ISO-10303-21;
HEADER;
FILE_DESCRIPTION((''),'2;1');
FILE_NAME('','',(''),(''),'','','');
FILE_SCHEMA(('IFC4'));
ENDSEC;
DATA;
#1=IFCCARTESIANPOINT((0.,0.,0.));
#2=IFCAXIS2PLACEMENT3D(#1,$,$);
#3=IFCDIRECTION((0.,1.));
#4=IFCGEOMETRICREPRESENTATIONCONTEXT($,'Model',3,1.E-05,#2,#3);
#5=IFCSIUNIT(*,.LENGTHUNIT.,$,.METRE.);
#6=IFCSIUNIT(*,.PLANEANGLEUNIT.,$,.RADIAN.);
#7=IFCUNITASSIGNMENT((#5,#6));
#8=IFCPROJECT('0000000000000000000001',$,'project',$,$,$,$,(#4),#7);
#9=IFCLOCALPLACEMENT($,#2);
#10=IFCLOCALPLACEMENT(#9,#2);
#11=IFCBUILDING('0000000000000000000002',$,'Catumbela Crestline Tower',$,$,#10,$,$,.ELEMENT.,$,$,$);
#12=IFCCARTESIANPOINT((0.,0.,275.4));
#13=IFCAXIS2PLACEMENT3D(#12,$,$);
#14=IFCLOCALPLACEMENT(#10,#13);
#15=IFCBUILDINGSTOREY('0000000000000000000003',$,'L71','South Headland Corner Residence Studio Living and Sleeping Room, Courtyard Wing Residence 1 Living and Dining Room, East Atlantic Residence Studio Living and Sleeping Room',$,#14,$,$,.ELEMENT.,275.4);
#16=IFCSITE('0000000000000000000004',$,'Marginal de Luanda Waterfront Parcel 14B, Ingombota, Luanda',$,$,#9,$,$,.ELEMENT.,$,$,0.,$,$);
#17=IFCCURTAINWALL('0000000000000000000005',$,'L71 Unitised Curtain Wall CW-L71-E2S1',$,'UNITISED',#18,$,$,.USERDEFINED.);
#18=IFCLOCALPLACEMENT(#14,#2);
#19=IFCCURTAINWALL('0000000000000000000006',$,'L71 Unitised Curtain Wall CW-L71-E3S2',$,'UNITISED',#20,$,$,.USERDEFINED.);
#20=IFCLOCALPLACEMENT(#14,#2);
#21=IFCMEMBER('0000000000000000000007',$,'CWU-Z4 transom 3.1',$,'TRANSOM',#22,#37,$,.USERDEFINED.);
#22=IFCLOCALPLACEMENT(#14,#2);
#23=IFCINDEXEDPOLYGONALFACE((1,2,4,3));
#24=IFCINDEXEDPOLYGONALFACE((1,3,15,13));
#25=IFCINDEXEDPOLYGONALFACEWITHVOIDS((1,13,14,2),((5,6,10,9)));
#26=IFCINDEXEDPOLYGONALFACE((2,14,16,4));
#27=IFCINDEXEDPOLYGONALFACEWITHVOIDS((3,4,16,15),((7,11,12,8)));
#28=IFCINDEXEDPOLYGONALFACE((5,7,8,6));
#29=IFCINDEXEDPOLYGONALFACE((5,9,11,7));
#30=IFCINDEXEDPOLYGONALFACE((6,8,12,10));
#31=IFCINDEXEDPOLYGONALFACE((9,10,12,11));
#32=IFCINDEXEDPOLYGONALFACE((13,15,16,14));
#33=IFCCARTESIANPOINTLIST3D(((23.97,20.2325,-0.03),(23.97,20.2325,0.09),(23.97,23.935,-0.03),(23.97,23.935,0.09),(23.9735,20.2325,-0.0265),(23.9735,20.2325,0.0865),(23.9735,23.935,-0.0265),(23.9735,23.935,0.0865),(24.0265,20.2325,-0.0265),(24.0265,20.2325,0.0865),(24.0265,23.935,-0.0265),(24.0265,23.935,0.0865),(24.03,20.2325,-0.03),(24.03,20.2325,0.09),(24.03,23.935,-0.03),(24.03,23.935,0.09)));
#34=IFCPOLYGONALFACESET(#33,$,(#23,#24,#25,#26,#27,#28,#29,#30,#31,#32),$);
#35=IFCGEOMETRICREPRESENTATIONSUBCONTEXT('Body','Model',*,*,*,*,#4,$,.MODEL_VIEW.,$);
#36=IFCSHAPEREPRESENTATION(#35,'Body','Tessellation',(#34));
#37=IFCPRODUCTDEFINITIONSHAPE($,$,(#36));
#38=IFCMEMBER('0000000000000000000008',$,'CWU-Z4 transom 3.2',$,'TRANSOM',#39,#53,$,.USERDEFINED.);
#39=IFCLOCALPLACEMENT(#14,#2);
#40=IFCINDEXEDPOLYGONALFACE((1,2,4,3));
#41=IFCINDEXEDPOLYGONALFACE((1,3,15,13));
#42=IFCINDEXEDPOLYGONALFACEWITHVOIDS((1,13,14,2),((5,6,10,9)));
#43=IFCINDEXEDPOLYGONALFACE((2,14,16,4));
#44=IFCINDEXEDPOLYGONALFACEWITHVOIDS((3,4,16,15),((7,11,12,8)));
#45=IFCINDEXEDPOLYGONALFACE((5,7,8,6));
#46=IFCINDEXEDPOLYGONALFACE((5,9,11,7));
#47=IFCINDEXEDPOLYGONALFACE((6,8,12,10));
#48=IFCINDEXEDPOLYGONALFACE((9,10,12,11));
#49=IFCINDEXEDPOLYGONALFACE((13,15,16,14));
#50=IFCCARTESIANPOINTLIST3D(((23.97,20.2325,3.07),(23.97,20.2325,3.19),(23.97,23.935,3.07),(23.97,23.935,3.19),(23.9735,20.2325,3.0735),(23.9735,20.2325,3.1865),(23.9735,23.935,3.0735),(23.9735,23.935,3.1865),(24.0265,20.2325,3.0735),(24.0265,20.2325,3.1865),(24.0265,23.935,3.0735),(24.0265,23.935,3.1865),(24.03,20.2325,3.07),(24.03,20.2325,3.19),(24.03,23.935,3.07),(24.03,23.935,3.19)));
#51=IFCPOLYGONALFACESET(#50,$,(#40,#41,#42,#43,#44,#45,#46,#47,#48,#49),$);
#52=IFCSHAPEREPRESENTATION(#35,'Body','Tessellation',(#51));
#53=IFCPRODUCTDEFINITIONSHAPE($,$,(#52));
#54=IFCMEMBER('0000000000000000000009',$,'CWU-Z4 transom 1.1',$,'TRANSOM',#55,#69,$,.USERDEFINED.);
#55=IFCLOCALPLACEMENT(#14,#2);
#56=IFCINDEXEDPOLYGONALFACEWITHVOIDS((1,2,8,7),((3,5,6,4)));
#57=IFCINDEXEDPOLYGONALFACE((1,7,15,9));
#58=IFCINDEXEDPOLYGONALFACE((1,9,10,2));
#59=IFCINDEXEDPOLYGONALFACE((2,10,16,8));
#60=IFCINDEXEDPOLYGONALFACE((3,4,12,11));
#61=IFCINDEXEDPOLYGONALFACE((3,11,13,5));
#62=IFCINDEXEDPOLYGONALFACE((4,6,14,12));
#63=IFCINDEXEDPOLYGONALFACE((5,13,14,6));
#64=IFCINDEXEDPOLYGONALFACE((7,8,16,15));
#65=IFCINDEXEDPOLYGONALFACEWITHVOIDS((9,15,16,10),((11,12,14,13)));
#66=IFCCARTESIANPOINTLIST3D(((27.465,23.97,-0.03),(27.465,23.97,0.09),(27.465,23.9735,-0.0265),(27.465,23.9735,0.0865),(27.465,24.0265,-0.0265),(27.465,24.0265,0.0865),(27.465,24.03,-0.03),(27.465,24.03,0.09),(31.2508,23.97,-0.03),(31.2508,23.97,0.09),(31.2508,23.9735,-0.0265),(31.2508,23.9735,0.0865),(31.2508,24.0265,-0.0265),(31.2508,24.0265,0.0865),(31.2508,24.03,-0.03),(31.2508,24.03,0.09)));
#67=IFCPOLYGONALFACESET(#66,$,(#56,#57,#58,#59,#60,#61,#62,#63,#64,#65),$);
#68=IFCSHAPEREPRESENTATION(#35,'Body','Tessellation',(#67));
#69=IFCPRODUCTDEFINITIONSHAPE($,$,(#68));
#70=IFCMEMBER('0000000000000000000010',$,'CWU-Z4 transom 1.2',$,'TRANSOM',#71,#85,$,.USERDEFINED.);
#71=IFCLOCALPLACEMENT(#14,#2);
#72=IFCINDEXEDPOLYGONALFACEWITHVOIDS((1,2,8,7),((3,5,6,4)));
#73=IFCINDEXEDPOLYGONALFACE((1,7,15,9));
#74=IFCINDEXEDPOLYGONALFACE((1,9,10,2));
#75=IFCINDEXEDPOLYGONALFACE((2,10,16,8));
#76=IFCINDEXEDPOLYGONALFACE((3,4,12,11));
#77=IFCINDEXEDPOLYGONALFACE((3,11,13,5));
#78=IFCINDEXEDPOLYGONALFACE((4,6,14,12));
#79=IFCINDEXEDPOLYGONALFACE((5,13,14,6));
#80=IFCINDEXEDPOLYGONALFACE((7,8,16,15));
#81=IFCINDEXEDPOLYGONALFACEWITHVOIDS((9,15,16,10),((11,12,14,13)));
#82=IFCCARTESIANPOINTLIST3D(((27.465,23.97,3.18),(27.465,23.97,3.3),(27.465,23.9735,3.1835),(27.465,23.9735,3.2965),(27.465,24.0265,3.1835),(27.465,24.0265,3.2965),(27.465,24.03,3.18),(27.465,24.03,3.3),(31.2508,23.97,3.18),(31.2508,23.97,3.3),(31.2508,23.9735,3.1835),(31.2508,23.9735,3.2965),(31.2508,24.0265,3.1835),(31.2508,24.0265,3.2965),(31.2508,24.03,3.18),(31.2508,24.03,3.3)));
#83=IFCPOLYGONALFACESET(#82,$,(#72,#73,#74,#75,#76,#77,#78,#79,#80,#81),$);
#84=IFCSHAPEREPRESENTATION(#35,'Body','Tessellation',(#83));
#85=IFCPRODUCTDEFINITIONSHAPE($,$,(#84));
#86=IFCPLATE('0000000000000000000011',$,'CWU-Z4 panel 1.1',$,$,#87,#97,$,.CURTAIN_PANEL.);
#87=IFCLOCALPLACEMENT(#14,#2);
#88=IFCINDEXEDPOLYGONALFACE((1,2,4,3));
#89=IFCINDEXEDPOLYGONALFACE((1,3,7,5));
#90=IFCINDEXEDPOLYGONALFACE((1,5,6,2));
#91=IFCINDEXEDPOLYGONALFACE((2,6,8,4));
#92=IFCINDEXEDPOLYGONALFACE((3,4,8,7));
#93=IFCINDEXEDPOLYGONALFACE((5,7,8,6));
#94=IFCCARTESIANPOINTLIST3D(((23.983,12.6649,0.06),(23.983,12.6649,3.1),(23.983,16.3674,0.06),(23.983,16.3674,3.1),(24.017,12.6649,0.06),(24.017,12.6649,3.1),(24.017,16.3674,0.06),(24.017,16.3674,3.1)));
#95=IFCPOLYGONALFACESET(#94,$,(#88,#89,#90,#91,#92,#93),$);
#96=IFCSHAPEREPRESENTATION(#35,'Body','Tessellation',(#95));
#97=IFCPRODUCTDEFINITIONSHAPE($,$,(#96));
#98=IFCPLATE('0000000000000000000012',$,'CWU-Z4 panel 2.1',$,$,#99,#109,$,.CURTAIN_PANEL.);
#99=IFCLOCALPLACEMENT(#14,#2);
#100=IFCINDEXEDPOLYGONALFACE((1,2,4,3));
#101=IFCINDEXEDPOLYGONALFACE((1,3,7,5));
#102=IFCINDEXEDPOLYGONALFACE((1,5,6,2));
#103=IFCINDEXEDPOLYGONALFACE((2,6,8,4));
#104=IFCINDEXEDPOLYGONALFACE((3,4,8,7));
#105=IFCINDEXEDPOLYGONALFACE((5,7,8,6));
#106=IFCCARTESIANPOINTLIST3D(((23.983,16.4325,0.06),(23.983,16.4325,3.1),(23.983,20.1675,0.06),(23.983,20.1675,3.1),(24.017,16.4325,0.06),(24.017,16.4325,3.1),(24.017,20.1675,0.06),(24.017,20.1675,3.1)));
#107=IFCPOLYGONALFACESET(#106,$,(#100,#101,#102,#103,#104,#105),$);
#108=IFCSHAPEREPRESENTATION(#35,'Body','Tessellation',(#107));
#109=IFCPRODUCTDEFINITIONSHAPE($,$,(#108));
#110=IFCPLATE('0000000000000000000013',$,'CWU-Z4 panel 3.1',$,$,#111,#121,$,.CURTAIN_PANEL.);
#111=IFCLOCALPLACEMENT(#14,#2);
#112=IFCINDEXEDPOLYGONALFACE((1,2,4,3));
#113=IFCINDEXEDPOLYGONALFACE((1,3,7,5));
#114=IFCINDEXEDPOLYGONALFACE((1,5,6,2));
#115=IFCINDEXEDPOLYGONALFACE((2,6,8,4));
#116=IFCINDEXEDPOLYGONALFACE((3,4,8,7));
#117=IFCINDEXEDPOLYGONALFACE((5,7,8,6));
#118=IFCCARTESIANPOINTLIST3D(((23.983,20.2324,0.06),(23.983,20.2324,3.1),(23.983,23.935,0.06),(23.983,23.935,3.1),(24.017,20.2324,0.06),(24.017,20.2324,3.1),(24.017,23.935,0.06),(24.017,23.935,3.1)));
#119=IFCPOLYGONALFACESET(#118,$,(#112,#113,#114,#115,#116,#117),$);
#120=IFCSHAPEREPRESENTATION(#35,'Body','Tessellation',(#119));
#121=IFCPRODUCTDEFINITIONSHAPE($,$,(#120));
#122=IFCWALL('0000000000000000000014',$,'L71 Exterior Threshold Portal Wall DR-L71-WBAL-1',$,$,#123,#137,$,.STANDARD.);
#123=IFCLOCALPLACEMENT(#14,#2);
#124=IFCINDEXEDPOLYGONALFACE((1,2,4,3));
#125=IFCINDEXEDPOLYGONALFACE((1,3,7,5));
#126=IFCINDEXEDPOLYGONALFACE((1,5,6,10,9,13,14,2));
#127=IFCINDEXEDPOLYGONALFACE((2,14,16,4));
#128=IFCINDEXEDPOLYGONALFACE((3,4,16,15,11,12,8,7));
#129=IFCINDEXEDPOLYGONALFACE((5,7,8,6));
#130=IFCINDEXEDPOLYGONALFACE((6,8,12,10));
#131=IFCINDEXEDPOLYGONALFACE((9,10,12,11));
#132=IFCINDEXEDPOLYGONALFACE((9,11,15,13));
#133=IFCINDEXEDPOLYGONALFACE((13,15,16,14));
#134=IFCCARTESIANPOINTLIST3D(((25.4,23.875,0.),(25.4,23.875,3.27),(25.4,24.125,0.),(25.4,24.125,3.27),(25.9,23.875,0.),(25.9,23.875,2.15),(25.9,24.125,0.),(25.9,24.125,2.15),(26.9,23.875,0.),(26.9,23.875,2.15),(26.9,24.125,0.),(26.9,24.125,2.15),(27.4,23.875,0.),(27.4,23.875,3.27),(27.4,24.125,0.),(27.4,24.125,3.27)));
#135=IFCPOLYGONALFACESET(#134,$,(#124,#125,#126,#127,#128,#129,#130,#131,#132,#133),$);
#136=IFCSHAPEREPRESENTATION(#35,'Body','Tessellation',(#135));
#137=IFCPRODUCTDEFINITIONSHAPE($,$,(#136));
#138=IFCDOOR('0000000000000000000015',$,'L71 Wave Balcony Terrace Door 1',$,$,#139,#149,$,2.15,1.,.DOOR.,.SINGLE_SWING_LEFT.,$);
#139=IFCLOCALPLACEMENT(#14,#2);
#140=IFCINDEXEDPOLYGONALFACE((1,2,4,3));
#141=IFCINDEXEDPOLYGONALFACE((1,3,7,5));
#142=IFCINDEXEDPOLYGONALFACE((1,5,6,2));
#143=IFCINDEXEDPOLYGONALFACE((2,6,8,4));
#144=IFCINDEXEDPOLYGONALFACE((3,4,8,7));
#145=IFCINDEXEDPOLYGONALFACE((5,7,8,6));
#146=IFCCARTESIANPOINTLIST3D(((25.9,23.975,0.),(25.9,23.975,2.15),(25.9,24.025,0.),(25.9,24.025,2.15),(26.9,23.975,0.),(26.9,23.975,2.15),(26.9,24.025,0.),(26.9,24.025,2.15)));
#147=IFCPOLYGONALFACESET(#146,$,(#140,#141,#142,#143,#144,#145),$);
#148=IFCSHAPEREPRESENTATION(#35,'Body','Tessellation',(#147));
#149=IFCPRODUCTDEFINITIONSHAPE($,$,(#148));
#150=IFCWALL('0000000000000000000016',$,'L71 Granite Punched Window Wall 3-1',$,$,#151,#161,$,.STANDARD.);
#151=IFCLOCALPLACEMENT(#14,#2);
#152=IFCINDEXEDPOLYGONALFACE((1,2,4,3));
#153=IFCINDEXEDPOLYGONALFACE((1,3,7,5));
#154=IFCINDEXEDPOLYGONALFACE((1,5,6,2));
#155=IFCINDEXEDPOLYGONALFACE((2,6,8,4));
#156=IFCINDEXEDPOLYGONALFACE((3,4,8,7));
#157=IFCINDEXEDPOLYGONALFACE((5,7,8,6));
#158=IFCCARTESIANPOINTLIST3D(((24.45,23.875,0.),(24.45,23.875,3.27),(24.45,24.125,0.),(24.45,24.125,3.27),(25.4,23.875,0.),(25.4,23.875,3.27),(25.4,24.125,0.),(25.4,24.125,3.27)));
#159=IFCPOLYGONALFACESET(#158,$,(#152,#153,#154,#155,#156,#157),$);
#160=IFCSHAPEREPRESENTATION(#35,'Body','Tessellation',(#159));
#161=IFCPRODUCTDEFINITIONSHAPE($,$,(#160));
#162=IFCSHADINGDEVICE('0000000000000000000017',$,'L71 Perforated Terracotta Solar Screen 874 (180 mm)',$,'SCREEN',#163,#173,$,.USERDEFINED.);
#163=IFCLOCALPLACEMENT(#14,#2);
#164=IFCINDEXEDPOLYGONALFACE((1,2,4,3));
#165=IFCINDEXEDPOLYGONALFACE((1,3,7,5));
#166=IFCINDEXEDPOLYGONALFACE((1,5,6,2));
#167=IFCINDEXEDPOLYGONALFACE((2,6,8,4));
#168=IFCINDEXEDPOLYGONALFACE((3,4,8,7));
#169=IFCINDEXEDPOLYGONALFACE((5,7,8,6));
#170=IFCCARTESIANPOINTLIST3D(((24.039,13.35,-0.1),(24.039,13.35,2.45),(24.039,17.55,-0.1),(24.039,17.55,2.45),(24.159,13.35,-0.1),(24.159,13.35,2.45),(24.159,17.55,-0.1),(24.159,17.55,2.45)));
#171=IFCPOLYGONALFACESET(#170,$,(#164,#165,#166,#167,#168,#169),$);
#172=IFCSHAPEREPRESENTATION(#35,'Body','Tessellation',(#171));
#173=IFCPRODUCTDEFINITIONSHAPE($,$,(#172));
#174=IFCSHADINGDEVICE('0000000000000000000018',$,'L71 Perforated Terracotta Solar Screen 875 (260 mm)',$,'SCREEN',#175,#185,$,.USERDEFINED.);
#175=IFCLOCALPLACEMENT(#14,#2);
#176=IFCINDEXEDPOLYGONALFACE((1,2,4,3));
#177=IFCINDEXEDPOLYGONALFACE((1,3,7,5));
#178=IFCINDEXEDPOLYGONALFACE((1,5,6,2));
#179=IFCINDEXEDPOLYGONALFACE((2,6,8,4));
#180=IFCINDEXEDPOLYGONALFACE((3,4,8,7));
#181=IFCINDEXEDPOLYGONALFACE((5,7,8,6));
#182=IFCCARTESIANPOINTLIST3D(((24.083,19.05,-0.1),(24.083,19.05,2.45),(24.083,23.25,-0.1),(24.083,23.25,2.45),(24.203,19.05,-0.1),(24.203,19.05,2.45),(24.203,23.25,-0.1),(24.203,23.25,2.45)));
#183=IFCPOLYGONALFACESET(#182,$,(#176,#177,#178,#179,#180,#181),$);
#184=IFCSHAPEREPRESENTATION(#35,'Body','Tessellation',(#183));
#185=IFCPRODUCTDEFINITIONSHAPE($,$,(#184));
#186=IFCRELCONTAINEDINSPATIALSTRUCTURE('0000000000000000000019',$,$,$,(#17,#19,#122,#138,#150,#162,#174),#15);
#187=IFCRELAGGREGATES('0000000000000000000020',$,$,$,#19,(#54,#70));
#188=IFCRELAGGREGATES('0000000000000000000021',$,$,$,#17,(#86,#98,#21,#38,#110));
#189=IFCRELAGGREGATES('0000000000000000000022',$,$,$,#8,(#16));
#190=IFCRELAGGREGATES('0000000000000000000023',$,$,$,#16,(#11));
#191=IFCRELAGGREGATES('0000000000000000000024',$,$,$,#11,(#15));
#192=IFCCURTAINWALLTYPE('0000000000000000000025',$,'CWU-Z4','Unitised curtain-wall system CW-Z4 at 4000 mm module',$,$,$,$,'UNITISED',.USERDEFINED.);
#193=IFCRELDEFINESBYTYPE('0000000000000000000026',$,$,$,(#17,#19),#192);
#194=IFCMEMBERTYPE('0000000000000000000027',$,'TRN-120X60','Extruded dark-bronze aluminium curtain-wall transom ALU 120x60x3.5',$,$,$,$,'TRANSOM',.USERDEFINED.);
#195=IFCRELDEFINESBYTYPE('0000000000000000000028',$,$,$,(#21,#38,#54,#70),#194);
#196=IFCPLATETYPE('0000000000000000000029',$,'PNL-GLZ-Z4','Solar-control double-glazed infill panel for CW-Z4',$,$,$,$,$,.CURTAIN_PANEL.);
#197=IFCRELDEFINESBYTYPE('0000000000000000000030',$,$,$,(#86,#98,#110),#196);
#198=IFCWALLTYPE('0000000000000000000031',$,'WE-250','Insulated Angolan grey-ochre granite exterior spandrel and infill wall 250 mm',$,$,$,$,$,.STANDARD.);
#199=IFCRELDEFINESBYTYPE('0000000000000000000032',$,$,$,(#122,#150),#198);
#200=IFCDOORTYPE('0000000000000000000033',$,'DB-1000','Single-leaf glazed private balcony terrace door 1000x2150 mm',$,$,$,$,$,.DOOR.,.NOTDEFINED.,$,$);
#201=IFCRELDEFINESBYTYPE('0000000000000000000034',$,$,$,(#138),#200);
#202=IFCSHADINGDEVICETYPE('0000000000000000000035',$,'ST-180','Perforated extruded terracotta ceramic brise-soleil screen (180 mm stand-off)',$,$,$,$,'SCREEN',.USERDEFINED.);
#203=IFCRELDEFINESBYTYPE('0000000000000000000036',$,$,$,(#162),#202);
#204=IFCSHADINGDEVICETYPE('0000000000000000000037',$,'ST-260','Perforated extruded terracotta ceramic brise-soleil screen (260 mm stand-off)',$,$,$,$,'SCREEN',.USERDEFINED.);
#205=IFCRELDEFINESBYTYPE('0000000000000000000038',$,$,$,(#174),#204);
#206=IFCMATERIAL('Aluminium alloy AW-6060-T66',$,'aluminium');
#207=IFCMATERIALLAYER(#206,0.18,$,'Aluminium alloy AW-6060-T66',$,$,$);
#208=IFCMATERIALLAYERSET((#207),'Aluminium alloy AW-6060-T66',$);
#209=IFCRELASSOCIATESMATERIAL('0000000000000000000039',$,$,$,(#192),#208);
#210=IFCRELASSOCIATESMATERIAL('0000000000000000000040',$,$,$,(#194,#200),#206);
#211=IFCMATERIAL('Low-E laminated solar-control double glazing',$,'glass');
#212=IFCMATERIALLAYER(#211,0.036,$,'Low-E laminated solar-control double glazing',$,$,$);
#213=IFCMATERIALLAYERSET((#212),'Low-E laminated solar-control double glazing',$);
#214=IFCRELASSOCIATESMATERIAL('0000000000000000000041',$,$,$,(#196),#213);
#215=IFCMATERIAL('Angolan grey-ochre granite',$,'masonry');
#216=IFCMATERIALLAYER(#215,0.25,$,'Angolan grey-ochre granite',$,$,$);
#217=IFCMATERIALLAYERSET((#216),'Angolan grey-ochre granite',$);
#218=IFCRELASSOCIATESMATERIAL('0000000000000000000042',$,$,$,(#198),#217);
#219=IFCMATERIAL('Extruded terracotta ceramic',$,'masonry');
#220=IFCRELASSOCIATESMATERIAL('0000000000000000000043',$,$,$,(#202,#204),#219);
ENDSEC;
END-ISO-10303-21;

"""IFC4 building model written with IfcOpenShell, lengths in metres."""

from ifc_helpers import new_model, si_unit, direction, frame, frame_2d, origin, origin_2d, place, context, subcontext, project, spatial, rectangle, hollow_rectangle, extrude, material, layer, layer_set, material_profile, profile_set, type_object, element, fill, aggregate, save


model = new_model("IFC4")

# Units and contexts
model_context = context("Model", 3, precision=1e-05, world=origin(), true_north=direction((0.0, 1.0)))
body_context = subcontext(model_context, "Body", "Model", "MODEL_VIEW")
ifc_project = project(units=[si_unit("LENGTHUNIT", "METRE"), si_unit("PLANEANGLEUNIT", "RADIAN")], contexts=[model_context])

# Site, building, storey
site_placement = place(None, origin())
site = spatial("IfcSite", under=ifc_project, at=site_placement, Name="Marginal de Luanda Waterfront Parcel 14B, Ingombota, Luanda", CompositionType="ELEMENT", RefElevation=0.0)
building_placement = place(site_placement, origin())
building = spatial("IfcBuilding", under=site, at=building_placement, Name="Catumbela Crestline Tower", CompositionType="ELEMENT")
storey_placement = place(building_placement, frame((0.0, 0.0, 275.4)))
storey = spatial("IfcBuildingStorey", under=building, at=storey_placement, Name="L71", Description="South Headland Corner Residence Studio Living and Sleeping Room, Courtyard Wing Residence 1 Living and Dining Room, East Atlantic Residence Studio Living and Sleeping Room", CompositionType="ELEMENT", Elevation=275.4)

# Curtain wall
ifc_material_1 = material(Name="Aluminium alloy AW-6060-T66", Category="aluminium")
ifc_layer_1 = layer(ifc_material_1, 0.18, Name="Aluminium alloy AW-6060-T66")
ifc_layer_set_1 = layer_set([ifc_layer_1], Name="Aluminium alloy AW-6060-T66")
curtain_wall_type = type_object("IfcCurtainWallType", Name="CWU-Z4", Description="Unitised curtain-wall system CW-Z4 at 4000 mm module", ElementType="UNITISED", PredefinedType="USERDEFINED", material=ifc_layer_set_1)
curtain_wall_1_placement = place(storey_placement, origin())
curtain_wall_1 = element("IfcCurtainWall", 1, at=curtain_wall_1_placement, inside=storey, type_object=curtain_wall_type, Name="L71 Unitised Curtain Wall CW-L71-E2S1", ObjectType="UNITISED", PredefinedType="USERDEFINED")

# Curtain wall
curtain_wall_2_placement = place(storey_placement, origin())
curtain_wall_2 = element("IfcCurtainWall", 2, at=curtain_wall_2_placement, inside=storey, type_object=curtain_wall_type, Name="L71 Unitised Curtain Wall CW-L71-E3S2", ObjectType="UNITISED", PredefinedType="USERDEFINED")

# Members
ifc_material_profile_1 = material_profile(ifc_material_1, hollow_rectangle(XDim=0.06, YDim=0.12, WallThickness=0.0035, at=origin_2d()), Name="ALU 120x60x3.5")
ifc_profile_set_1 = profile_set([ifc_material_profile_1], Name="Aluminium alloy AW-6060-T66")
member_type_1 = type_object("IfcMemberType", Name="TRN-120X60", Description="Extruded dark-bronze aluminium curtain-wall transom ALU 120x60x3.5", ElementType="TRANSOM", PredefinedType="USERDEFINED", material=ifc_profile_set_1)
member_1_placement = place(storey_placement, frame((24.0, 20.2325, 0.03), z_axis=(0.0, 1.0, 0.0), x_axis=(-1.0, 0.0, 0.0)))
member_1 = element("IfcMember", 3, at=member_1_placement, type_object=member_type_1, Name="CWU-Z4 transom 3.1", ObjectType="TRANSOM", PredefinedType="USERDEFINED", context=body_context, shape_type="SweptSolid", body=[
    extrude(hollow_rectangle(XDim=0.06, YDim=0.12, WallThickness=0.0035, at=origin_2d()), origin(), (0.0, 0.0, 1.0), 3.7025),
])
member_2_placement = place(storey_placement, frame((24.0, 20.2325, 3.13), z_axis=(0.0, 1.0, 0.0), x_axis=(-1.0, 0.0, 0.0)))
member_2 = element("IfcMember", 4, at=member_2_placement, type_object=member_type_1, Name="CWU-Z4 transom 3.2", ObjectType="TRANSOM", PredefinedType="USERDEFINED", context=body_context, shape_type="SweptSolid", body=[
    extrude(hollow_rectangle(XDim=0.06, YDim=0.12, WallThickness=0.0035, at=origin_2d()), origin(), (0.0, 0.0, 1.0), 3.7025),
])
member_3_placement = place(storey_placement, frame((27.465, 24.0, 0.03), z_axis=(1.0, 0.0, 0.0), x_axis=(0.0, 1.0, 0.0)))
member_3 = element("IfcMember", 5, at=member_3_placement, type_object=member_type_1, Name="CWU-Z4 transom 1.1", ObjectType="TRANSOM", PredefinedType="USERDEFINED", context=body_context, shape_type="SweptSolid", body=[
    extrude(hollow_rectangle(XDim=0.06, YDim=0.12, WallThickness=0.0035, at=origin_2d()), origin(), (0.0, 0.0, 1.0), 3.7858),
])
member_4_placement = place(storey_placement, frame((27.465, 24.0, 3.24), z_axis=(1.0, 0.0, 0.0), x_axis=(0.0, 1.0, 0.0)))
member_4 = element("IfcMember", 6, at=member_4_placement, type_object=member_type_1, Name="CWU-Z4 transom 1.2", ObjectType="TRANSOM", PredefinedType="USERDEFINED", context=body_context, shape_type="SweptSolid", body=[
    extrude(hollow_rectangle(XDim=0.06, YDim=0.12, WallThickness=0.0035, at=origin_2d()), origin(), (0.0, 0.0, 1.0), 3.7858),
])
aggregate(curtain_wall_2, [member_3, member_4])

# Plates
ifc_material_2 = material(Name="Low-E laminated solar-control double glazing", Category="glass")
ifc_layer_2 = layer(ifc_material_2, 0.036, Name="Low-E laminated solar-control double glazing")
ifc_layer_set_2 = layer_set([ifc_layer_2], Name="Low-E laminated solar-control double glazing")
plate_type = type_object("IfcPlateType", Name="PNL-GLZ-Z4", Description="Solar-control double-glazed infill panel for CW-Z4", PredefinedType="CURTAIN_PANEL", material=ifc_layer_set_2)
plate_1_placement = place(storey_placement, frame((24.0, 14.5162, 0.06), z_axis=(0.0, 0.0, 1.0), x_axis=(0.0, 1.0, 0.0)))
plate_1 = element("IfcPlate", 7, at=plate_1_placement, type_object=plate_type, Name="CWU-Z4 panel 1.1", PredefinedType="CURTAIN_PANEL", context=body_context, shape_type="SweptSolid", body=[
    extrude(rectangle(XDim=3.7025, YDim=0.034, at=origin_2d()), origin(), (0.0, 0.0, 1.0), 3.04),
])
plate_2_placement = place(storey_placement, frame((24.0, 18.3, 0.06), z_axis=(0.0, 0.0, 1.0), x_axis=(0.0, 1.0, 0.0)))
plate_2 = element("IfcPlate", 8, at=plate_2_placement, type_object=plate_type, Name="CWU-Z4 panel 2.1", PredefinedType="CURTAIN_PANEL", context=body_context, shape_type="SweptSolid", body=[
    extrude(rectangle(XDim=3.735, YDim=0.034, at=origin_2d()), origin(), (0.0, 0.0, 1.0), 3.04),
])
plate_3_placement = place(storey_placement, frame((24.0, 22.0837, 0.06), z_axis=(0.0, 0.0, 1.0), x_axis=(0.0, 1.0, 0.0)))
plate_3 = element("IfcPlate", 9, at=plate_3_placement, type_object=plate_type, Name="CWU-Z4 panel 3.1", PredefinedType="CURTAIN_PANEL", context=body_context, shape_type="SweptSolid", body=[
    extrude(rectangle(XDim=3.7025, YDim=0.034, at=origin_2d()), origin(), (0.0, 0.0, 1.0), 3.04),
])
aggregate(curtain_wall_1, [plate_1, plate_2, member_1, member_2, plate_3])

# Wall, opening, door
ifc_material_3 = material(Name="Angolan grey-ochre granite", Category="masonry")
ifc_layer_3 = layer(ifc_material_3, 0.25, Name="Angolan grey-ochre granite")
ifc_layer_set_3 = layer_set([ifc_layer_3], Name="Angolan grey-ochre granite")
wall_type = type_object("IfcWallType", Name="WE-250", Description="Insulated Angolan grey-ochre granite exterior spandrel and infill wall 250 mm", PredefinedType="STANDARD", material=ifc_layer_set_3)
wall_1_placement = place(storey_placement, frame((25.4, 24.0, 0.0), z_axis=(0.0, 0.0, 1.0), x_axis=(1.0, 0.0, 0.0)))
wall_1 = element("IfcWall", 10, at=wall_1_placement, inside=storey, type_object=wall_type, Name="L71 Exterior Threshold Portal Wall DR-L71-WBAL-1", PredefinedType="STANDARD", context=body_context, shape_type="SweptSolid", body=[
    extrude(rectangle(XDim=2.0, YDim=0.25, at=frame_2d((1.0, 0.0))), origin(), (0.0, 0.0, 1.0), 3.27),
])
opening_placement = place(wall_1_placement, frame((0.5, 0.0, 0.0)))
opening = element("IfcOpeningElement", 11, at=opening_placement, cuts=wall_1, PredefinedType="OPENING", context=body_context, shape_type="SweptSolid", body=[
    extrude(rectangle(XDim=1.0, YDim=2.15, at=frame_2d((0.5, 1.075))), frame((0.0, 0.135, 0.0), z_axis=(0.0, -1.0, 0.0), x_axis=(1.0, 0.0, 0.0)), (0.0, 0.0, 1.0), 0.27),
])
door_type = type_object("IfcDoorType", Name="DB-1000", Description="Single-leaf glazed private balcony terrace door 1000x2150 mm", OperationType="NOTDEFINED", PredefinedType="DOOR", material=ifc_material_1)
door_placement = place(opening_placement, origin())
door = element("IfcDoor", 12, at=door_placement, inside=storey, type_object=door_type, Name="L71 Wave Balcony Terrace Door 1", OperationType="SINGLE_SWING_LEFT", OverallHeight=2.15, OverallWidth=1.0, PredefinedType="DOOR", context=body_context, shape_type="SweptSolid", body=[
    extrude(rectangle(XDim=1.0, YDim=2.15, at=frame_2d((0.5, 1.075))), frame((0.0, 0.025, 0.0), z_axis=(0.0, -1.0, 0.0), x_axis=(1.0, 0.0, 0.0)), (0.0, 0.0, 1.0), 0.05),
])
fill(opening, door)

# Wall
wall_2_placement = place(storey_placement, frame((24.45, 24.0, 0.0), z_axis=(0.0, 0.0, 1.0), x_axis=(1.0, 0.0, 0.0)))
element("IfcWall", 13, at=wall_2_placement, inside=storey, type_object=wall_type, Name="L71 Granite Punched Window Wall 3-1", PredefinedType="STANDARD", context=body_context, shape_type="SweptSolid", body=[
    extrude(rectangle(XDim=0.95, YDim=0.25, at=frame_2d((0.475, 0.0))), origin(), (0.0, 0.0, 1.0), 3.27),
])

# Shading devices
ifc_material_4 = material(Name="Extruded terracotta ceramic", Category="masonry")
shading_device_type_1 = type_object("IfcShadingDeviceType", Name="ST-180", Description="Perforated extruded terracotta ceramic brise-soleil screen (180 mm stand-off)", ElementType="SCREEN", PredefinedType="USERDEFINED", material=ifc_material_4)
shading_device_1_placement = place(storey_placement, frame((24.099, 15.45, -0.1), z_axis=(0.0, 0.0, 1.0), x_axis=(0.0, 1.0, 0.0)))
element("IfcShadingDevice", 14, at=shading_device_1_placement, inside=storey, type_object=shading_device_type_1, Name="L71 Perforated Terracotta Solar Screen 874 (180 mm)", ObjectType="SCREEN", PredefinedType="USERDEFINED", context=body_context, shape_type="SweptSolid", body=[
    extrude(rectangle(XDim=4.2, YDim=0.12, at=origin_2d()), origin(), (0.0, 0.0, 1.0), 2.55),
])
shading_device_type_2 = type_object("IfcShadingDeviceType", Name="ST-260", Description="Perforated extruded terracotta ceramic brise-soleil screen (260 mm stand-off)", ElementType="SCREEN", PredefinedType="USERDEFINED", material=ifc_material_4)
shading_device_2_placement = place(storey_placement, frame((24.143, 21.15, -0.1), z_axis=(0.0, 0.0, 1.0), x_axis=(0.0, 1.0, 0.0)))
element("IfcShadingDevice", 15, at=shading_device_2_placement, inside=storey, type_object=shading_device_type_2, Name="L71 Perforated Terracotta Solar Screen 875 (260 mm)", ObjectType="SCREEN", PredefinedType="USERDEFINED", context=body_context, shape_type="SweptSolid", body=[
    extrude(rectangle(XDim=4.2, YDim=0.12, at=origin_2d()), origin(), (0.0, 0.0, 1.0), 2.55),
])

save(model, "model.ifc")
